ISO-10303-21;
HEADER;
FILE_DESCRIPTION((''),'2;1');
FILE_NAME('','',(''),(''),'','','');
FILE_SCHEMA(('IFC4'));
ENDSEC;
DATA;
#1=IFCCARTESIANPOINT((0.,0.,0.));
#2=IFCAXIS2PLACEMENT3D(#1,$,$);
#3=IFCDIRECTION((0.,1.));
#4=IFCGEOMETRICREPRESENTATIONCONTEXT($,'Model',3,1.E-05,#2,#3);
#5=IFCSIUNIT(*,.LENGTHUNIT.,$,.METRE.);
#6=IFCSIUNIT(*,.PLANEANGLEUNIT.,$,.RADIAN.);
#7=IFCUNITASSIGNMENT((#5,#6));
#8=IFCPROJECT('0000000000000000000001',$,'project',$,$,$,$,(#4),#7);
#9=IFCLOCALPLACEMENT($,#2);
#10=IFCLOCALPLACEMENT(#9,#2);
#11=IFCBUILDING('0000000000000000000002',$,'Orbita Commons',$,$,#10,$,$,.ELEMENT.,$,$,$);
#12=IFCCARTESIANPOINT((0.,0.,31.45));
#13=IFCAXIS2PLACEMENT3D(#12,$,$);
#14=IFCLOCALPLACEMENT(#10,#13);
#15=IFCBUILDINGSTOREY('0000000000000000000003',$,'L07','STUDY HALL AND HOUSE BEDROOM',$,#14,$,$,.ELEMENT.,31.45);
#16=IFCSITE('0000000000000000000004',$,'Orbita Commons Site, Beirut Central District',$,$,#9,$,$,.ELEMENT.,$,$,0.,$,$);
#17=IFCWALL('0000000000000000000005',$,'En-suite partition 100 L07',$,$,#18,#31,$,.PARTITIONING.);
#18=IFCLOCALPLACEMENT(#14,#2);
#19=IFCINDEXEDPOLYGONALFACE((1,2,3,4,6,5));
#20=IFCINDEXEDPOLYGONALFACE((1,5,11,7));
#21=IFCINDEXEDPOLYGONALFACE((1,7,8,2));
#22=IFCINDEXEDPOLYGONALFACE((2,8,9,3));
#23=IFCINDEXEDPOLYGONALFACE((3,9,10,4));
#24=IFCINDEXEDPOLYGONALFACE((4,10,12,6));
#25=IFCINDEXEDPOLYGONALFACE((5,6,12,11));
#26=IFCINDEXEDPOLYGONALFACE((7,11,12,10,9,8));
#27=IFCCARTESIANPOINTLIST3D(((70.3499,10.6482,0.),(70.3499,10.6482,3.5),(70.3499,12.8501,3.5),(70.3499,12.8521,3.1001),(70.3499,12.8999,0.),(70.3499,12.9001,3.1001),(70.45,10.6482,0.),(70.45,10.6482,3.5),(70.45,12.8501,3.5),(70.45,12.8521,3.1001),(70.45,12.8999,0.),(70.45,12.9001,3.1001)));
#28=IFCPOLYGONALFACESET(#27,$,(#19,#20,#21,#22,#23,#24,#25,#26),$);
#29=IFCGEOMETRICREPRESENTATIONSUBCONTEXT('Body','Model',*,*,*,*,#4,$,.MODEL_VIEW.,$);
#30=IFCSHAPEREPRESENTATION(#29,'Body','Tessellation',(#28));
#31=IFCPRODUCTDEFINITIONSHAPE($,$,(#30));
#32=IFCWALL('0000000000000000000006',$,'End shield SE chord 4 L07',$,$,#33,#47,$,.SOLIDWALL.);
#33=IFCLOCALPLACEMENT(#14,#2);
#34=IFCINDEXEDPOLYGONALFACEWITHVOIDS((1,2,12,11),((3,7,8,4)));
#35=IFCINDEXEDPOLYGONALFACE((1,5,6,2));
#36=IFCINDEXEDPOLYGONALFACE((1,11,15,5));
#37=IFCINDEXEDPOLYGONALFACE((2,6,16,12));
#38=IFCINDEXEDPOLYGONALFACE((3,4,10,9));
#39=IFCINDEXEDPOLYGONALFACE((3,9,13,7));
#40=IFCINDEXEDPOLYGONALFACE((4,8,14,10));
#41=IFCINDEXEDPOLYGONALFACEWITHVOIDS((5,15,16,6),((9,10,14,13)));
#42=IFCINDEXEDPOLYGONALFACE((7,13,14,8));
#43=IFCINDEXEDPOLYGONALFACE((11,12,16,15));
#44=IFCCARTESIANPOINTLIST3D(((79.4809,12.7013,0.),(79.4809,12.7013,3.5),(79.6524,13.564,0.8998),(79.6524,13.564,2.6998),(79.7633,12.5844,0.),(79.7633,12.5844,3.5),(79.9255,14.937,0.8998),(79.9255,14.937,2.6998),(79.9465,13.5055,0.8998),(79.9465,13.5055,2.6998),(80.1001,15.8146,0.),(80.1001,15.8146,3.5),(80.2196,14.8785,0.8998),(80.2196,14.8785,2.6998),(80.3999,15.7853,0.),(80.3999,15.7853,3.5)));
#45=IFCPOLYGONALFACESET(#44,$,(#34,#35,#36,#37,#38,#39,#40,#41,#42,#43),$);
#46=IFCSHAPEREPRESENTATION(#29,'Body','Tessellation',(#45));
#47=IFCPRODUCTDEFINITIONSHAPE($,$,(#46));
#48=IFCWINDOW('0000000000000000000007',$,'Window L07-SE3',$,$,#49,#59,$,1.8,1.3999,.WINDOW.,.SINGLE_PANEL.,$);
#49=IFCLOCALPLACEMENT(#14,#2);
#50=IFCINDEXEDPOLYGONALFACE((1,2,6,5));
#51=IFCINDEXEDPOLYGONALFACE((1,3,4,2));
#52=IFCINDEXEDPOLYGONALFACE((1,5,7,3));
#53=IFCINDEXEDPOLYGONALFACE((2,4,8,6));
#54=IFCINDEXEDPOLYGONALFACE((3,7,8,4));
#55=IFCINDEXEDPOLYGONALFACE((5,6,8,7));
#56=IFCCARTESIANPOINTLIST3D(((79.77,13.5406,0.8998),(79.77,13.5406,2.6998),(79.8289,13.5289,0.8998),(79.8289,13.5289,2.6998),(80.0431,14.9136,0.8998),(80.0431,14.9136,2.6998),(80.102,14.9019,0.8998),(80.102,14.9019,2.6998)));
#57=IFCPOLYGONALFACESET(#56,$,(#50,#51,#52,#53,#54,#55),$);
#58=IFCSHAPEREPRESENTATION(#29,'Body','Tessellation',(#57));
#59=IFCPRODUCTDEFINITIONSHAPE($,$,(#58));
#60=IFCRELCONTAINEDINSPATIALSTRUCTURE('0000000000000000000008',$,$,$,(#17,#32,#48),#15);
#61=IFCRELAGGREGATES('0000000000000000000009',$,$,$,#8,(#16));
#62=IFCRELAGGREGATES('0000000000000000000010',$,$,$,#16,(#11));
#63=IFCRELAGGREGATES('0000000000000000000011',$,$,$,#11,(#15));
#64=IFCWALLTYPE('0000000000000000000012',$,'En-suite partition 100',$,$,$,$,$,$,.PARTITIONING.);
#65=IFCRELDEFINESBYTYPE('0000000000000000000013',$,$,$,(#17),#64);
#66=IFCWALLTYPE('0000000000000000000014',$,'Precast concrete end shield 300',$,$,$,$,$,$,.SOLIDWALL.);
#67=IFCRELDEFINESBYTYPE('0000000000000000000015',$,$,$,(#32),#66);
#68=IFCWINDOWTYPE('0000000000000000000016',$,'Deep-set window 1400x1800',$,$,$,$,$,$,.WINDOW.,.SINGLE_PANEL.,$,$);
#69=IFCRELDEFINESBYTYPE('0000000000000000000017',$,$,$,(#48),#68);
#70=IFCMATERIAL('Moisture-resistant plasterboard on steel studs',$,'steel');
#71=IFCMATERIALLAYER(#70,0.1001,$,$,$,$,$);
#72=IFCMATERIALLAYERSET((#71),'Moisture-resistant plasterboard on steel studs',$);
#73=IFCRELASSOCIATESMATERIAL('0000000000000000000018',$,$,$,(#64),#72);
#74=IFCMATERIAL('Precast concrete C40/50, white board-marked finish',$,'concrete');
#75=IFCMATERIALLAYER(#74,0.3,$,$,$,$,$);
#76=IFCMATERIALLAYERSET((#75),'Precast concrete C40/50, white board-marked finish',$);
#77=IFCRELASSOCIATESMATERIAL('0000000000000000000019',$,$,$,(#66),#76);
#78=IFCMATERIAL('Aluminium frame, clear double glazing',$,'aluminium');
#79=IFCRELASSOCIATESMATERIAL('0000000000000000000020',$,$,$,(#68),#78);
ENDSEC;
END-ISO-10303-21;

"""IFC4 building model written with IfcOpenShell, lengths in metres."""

from ifc_helpers import new_model, si_unit, direction, frame, frame_2d, origin, place, context, subcontext, project, spatial, polyline, rectangle, outline, extrude, material, layer, layer_set, type_object, element, fill, save


model = new_model("IFC4")

# Units and contexts
model_context = context("Model", 3, precision=1e-05, world=origin(), true_north=direction((0.0, 1.0)))
body_context = subcontext(model_context, "Body", "Model", "MODEL_VIEW")
ifc_project = project(units=[si_unit("LENGTHUNIT", "METRE"), si_unit("PLANEANGLEUNIT", "RADIAN")], contexts=[model_context])

# Site, building, storey
site_placement = place(None, origin())
site = spatial("IfcSite", under=ifc_project, at=site_placement, Name="Orbita Commons Site, Beirut Central District", CompositionType="ELEMENT", RefElevation=0.0)
building_placement = place(site_placement, origin())
building = spatial("IfcBuilding", under=site, at=building_placement, Name="Orbita Commons", CompositionType="ELEMENT")
storey_placement = place(building_placement, frame((0.0, 0.0, 31.45)))
storey = spatial("IfcBuildingStorey", under=building, at=storey_placement, Name="L07", Description="STUDY HALL AND HOUSE BEDROOM", CompositionType="ELEMENT", Elevation=31.45)

# Shared definitions
ifc_material_1 = material(Name="Moisture-resistant plasterboard on steel studs", Category="steel")
ifc_layer_1 = layer(ifc_material_1, 0.1001)
ifc_layer_set_1 = layer_set([ifc_layer_1], Name="Moisture-resistant plasterboard on steel studs")
wall_type_1 = type_object("IfcWallType", Name="En-suite partition 100", PredefinedType="PARTITIONING", material=ifc_layer_set_1)

# Wall
wall_1_placement = place(storey_placement, frame((70.3999, 10.6482, 0.0), z_axis=(0.0, 0.0, 1.0), x_axis=(0.0, 1.0, 0.0)))
element("IfcWall", 1, at=wall_1_placement, inside=storey, type_object=wall_type_1, Name="En-suite partition 100 L07", PredefinedType="PARTITIONING", context=body_context, shape_type="SweptSolid", body=[
    extrude(outline(polyline([(0.0, 0.0), (2.2517, 0.0), (2.252, 3.1001), (2.2039, 3.1001), (2.2019, 3.5), (0.0, 3.5), (0.0, 0.0)])), frame((0.0, 0.05, 0.0), z_axis=(0.0, -1.0, 0.0), x_axis=(1.0, 0.0, 0.0)), (0.0, 0.0, 1.0), 0.1001),
])

# Wall, opening, window
ifc_material_2 = material(Name="Precast concrete C40/50, white board-marked finish", Category="concrete")
ifc_layer_2 = layer(ifc_material_2, 0.3)
ifc_layer_set_2 = layer_set([ifc_layer_2], Name="Precast concrete C40/50, white board-marked finish")
wall_type_2 = type_object("IfcWallType", Name="Precast concrete end shield 300", PredefinedType="SOLIDWALL", material=ifc_layer_set_2)
wall_2_placement = place(storey_placement, frame((79.6221, 12.6428, 0.0), z_axis=(0.0, 0.0, 1.0), x_axis=(0.195066, 0.98079, 0.0)))
wall_2 = element("IfcWall", 2, at=wall_2_placement, inside=storey, type_object=wall_type_2, Name="End shield SE chord 4 L07", PredefinedType="SOLIDWALL", context=body_context, shape_type="SweptSolid", body=[
    extrude(outline(polyline([(-0.0298, -0.1499), (3.2339, -0.1499), (3.2041, 0.1499), (0.0298, 0.1499), (-0.0298, -0.1499)])), origin(), (0.0, 0.0, 1.0), 3.5),
])
opening_1_placement = place(wall_2_placement, frame((0.9094, 0.0, 0.8999)))
opening_1 = element("IfcOpeningElement", 3, at=opening_1_placement, cuts=wall_2, PredefinedType="OPENING", context=body_context, shape_type="SweptSolid", body=[
    extrude(rectangle(XDim=1.3999, YDim=1.8, at=frame_2d((0.7, 0.8999))), frame((0.0, 0.1599, 0.0), z_axis=(0.0, -1.0, 0.0), x_axis=(1.0, 0.0, 0.0)), (0.0, 0.0, 1.0), 0.3201),
])
ifc_material_3 = material(Name="Aluminium frame, clear double glazing", Category="aluminium")
window_type = type_object("IfcWindowType", Name="Deep-set window 1400x1800", PartitioningType="SINGLE_PANEL", PredefinedType="WINDOW", material=ifc_material_3)
window_placement = place(opening_1_placement, origin())
window = element("IfcWindow", 4, at=window_placement, inside=storey, type_object=window_type, Name="Window L07-SE3", OverallHeight=1.8, OverallWidth=1.3999, PartitioningType="SINGLE_PANEL", PredefinedType="WINDOW", context=body_context, shape_type="SweptSolid", body=[
    extrude(rectangle(XDim=1.3999, YDim=1.8, at=frame_2d((0.7, 0.8999))), frame((0.0, 0.03, 0.0), z_axis=(0.0, -1.0, 0.0), x_axis=(1.0, 0.0, 0.0)), (0.0, 0.0, 1.0), 0.0601),
])
fill(opening_1, window)

save(model, "model.ifc")
